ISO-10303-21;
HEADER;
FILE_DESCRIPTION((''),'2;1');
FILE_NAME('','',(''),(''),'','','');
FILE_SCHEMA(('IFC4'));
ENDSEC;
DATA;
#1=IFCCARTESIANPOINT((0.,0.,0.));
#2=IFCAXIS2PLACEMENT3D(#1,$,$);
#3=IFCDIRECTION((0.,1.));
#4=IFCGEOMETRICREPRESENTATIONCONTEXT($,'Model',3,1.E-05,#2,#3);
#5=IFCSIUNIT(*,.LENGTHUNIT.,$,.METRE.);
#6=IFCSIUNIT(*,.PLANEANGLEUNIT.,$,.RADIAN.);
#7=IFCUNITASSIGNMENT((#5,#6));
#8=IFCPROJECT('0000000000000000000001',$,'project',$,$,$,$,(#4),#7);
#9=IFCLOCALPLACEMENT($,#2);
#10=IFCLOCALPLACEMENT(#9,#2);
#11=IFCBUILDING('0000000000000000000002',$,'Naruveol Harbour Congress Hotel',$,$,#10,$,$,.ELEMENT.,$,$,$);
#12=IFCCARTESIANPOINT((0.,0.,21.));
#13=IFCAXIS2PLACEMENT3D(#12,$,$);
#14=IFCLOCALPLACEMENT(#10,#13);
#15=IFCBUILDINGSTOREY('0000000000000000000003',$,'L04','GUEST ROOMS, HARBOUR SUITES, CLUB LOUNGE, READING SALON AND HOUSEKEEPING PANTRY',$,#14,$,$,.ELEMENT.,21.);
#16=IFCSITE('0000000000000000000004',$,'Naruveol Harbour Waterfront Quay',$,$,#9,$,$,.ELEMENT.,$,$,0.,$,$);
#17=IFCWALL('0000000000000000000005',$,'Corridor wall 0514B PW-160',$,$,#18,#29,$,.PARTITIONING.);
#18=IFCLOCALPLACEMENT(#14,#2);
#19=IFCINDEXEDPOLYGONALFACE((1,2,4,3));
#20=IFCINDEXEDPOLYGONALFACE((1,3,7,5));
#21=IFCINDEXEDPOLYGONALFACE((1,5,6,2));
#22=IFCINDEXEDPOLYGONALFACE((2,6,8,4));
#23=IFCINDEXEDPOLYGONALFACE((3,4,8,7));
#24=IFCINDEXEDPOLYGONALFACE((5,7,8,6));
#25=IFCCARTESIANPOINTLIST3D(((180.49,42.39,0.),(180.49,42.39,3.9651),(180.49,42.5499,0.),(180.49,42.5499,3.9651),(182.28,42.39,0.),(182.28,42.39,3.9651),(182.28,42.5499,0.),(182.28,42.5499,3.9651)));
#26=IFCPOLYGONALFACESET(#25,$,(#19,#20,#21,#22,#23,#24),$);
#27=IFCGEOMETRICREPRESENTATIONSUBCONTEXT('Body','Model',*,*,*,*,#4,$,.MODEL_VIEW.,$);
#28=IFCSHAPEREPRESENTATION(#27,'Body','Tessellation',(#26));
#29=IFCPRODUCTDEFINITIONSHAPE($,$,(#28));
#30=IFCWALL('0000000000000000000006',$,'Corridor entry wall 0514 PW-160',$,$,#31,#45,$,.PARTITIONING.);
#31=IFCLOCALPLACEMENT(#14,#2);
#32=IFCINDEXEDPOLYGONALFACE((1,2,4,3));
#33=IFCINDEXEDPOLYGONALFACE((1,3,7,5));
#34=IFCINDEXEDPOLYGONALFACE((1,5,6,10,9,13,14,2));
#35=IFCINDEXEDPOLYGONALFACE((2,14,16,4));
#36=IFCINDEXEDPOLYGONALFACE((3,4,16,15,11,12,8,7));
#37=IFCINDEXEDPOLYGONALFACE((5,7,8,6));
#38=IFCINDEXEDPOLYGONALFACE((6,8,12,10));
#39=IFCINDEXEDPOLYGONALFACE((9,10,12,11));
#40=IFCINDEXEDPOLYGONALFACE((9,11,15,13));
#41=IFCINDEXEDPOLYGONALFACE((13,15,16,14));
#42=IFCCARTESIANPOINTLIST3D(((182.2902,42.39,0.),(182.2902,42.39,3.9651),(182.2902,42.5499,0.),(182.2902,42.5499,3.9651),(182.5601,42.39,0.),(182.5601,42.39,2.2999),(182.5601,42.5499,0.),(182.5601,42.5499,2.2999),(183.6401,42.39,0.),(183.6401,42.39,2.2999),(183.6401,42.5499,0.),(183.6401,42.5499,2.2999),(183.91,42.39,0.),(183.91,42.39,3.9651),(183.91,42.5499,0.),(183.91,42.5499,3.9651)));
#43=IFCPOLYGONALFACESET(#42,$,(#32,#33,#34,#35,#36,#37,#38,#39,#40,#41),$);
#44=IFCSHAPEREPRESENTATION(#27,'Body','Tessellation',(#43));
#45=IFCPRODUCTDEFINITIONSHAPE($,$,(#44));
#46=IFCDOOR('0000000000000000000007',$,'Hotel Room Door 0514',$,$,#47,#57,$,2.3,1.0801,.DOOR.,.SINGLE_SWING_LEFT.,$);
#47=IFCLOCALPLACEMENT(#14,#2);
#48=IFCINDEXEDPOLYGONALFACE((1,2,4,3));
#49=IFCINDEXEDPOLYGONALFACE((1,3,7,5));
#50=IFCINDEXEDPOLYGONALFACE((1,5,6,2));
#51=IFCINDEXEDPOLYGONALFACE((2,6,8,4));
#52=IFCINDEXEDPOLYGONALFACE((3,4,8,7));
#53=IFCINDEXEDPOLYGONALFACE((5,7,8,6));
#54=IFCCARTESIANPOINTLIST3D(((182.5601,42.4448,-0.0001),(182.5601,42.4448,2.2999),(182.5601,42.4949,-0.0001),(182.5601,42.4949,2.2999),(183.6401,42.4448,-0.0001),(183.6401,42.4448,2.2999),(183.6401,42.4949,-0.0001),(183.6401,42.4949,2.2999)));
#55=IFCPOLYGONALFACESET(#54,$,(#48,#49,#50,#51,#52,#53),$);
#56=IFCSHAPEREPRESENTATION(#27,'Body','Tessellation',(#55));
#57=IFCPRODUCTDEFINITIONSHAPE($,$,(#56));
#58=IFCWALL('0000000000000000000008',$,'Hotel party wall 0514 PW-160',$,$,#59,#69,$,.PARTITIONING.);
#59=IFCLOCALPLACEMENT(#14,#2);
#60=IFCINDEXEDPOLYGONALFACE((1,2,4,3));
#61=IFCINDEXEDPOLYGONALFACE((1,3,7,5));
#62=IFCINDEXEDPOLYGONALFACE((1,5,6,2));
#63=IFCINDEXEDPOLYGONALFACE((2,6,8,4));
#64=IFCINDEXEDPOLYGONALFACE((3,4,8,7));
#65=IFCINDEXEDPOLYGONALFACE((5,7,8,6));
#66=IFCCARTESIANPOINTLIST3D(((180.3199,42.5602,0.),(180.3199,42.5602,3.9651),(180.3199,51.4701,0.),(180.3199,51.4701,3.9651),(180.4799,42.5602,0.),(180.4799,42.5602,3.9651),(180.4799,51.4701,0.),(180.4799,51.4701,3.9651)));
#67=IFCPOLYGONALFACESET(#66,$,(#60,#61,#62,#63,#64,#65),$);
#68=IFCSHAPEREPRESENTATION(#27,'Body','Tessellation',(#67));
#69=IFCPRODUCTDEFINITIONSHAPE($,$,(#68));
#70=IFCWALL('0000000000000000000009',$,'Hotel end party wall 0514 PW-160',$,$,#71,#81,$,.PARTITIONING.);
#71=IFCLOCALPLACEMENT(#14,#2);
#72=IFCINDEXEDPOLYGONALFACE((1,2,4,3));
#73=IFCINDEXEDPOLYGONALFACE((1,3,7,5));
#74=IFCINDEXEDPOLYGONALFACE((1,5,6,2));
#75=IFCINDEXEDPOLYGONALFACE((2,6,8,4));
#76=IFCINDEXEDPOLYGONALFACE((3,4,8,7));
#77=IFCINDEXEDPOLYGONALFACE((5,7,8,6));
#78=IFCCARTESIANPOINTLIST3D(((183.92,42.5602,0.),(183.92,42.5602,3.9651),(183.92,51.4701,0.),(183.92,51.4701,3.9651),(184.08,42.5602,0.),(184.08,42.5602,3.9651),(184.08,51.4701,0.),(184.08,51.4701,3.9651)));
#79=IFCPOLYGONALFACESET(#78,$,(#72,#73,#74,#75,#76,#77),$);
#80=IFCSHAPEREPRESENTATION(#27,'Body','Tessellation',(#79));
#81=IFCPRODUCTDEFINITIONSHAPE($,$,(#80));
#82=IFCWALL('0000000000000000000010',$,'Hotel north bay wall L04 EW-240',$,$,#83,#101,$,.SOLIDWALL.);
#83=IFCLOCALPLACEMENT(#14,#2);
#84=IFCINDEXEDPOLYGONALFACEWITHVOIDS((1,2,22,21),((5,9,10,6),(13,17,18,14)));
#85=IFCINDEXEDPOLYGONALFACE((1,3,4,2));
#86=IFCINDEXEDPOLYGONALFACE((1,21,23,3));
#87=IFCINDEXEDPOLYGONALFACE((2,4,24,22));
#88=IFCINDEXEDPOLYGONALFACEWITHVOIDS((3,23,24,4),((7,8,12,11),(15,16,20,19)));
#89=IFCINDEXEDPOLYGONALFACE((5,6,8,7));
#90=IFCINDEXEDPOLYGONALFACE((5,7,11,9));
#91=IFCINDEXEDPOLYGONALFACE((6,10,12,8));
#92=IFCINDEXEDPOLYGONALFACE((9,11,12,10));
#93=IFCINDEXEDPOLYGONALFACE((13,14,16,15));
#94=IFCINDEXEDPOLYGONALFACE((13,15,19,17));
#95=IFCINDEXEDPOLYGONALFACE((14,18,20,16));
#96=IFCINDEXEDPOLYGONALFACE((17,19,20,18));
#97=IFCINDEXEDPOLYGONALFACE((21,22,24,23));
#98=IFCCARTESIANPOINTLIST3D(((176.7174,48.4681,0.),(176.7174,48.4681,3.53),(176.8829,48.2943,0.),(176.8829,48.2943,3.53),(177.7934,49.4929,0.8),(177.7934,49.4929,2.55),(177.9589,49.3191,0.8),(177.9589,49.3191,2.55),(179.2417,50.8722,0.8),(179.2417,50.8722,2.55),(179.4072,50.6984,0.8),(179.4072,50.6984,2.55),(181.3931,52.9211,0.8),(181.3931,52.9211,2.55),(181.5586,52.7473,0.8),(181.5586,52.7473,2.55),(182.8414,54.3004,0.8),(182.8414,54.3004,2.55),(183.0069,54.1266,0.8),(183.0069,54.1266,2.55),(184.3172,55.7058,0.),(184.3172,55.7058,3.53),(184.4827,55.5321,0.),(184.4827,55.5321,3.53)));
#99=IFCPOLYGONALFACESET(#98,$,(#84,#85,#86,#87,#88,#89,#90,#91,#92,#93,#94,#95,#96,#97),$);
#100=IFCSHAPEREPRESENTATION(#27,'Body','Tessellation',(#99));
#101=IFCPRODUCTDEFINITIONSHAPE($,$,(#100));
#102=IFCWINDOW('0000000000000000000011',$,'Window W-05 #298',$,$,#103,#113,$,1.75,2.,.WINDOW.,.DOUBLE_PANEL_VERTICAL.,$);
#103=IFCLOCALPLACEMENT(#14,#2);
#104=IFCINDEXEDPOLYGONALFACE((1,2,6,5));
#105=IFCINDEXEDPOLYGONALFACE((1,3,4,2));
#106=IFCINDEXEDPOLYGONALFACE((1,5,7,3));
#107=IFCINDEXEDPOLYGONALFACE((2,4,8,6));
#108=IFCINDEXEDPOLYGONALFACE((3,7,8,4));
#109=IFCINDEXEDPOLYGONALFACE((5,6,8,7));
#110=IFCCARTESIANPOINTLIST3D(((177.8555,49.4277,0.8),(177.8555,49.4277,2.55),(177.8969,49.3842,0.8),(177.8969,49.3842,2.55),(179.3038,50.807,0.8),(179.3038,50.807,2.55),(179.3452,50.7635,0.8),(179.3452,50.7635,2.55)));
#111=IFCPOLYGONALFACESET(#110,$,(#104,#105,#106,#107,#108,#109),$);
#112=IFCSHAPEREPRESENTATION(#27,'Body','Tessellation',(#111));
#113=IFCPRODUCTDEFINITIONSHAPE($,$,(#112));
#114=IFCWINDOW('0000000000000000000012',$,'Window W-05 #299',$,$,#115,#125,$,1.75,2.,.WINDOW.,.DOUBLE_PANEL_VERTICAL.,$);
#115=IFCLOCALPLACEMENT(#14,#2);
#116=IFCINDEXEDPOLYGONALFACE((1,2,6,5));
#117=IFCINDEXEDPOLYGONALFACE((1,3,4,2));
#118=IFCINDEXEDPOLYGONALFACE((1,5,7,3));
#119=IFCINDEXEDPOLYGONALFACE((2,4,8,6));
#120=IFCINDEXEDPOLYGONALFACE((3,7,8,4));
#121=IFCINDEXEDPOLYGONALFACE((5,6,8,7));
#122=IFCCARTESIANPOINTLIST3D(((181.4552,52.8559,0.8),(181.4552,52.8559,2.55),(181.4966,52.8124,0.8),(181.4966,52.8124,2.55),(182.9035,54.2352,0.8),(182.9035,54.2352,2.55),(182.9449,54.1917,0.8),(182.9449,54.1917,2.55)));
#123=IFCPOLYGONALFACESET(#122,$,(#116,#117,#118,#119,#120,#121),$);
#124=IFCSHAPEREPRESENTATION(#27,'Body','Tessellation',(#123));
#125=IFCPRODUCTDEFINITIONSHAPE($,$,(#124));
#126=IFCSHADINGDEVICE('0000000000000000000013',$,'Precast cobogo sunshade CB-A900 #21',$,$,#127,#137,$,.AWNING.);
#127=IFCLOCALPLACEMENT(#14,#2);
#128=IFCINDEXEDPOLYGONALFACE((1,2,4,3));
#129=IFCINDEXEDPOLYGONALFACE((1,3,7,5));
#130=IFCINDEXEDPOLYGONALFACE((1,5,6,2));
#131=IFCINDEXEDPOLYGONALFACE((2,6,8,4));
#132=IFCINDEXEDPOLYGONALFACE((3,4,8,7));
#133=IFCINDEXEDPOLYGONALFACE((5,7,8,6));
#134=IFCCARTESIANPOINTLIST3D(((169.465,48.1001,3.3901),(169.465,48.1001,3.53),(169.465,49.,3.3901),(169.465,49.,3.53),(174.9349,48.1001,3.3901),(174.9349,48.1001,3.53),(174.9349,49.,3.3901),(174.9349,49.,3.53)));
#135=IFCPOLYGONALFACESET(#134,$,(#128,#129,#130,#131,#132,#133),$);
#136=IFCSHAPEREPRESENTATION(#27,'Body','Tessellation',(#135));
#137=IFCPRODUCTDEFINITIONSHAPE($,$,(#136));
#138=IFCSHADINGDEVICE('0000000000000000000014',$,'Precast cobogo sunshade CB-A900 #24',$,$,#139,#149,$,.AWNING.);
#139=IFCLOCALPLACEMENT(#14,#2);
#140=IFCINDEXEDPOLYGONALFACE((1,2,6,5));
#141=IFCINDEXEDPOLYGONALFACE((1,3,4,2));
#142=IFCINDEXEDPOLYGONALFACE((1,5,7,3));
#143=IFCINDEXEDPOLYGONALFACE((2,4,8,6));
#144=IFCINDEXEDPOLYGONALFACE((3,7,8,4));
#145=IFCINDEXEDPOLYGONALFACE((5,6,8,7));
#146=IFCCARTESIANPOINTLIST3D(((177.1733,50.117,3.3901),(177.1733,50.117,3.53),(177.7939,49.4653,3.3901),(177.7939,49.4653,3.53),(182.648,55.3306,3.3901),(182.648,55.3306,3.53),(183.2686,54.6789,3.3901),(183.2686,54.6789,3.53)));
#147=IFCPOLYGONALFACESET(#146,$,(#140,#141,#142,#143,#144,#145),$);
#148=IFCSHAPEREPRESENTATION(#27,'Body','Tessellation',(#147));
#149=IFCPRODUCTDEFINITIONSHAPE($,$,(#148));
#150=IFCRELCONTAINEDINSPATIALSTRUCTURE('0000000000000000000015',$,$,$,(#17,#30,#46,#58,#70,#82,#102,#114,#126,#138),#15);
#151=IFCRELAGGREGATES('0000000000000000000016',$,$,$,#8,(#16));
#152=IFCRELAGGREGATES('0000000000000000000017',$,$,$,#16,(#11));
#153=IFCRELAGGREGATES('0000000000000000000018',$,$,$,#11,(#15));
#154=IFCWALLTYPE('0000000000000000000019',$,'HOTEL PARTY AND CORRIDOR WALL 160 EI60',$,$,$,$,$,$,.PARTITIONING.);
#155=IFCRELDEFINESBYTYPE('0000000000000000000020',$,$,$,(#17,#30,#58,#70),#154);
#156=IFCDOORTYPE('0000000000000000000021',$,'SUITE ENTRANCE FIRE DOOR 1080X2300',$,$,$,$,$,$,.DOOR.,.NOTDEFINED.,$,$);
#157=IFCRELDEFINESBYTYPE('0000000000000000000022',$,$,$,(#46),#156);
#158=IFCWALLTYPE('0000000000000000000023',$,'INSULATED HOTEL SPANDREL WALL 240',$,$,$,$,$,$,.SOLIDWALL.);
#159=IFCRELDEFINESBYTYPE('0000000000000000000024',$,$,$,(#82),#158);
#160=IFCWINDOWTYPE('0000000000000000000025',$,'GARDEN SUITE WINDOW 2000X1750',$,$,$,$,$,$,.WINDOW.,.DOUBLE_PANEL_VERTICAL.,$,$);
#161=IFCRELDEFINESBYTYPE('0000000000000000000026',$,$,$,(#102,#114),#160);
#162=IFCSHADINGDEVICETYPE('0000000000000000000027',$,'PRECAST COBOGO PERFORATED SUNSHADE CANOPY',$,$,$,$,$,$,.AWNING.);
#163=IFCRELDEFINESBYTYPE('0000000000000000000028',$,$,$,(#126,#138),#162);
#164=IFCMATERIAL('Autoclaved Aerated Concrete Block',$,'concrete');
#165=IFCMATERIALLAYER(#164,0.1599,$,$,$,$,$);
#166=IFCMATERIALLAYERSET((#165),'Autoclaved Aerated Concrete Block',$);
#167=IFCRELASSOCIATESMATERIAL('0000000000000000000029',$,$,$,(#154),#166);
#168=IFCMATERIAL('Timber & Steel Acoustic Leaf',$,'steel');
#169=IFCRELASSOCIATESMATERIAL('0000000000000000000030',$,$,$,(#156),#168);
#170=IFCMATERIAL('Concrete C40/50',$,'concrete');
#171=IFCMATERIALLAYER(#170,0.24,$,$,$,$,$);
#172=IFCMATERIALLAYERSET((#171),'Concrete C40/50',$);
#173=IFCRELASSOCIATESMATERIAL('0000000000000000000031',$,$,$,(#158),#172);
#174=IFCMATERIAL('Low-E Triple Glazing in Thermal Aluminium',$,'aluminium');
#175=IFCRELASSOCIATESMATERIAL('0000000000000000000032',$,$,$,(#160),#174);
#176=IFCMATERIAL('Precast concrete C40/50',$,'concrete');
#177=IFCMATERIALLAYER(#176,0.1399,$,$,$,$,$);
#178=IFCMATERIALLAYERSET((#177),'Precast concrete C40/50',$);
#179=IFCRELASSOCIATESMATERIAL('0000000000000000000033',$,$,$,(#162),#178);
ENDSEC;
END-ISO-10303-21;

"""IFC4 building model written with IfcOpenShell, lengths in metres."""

from ifc_helpers import new_model, si_unit, direction, frame, frame_2d, origin, origin_2d, place, context, subcontext, project, spatial, rectangle, extrude, material, layer, layer_set, type_object, element, fill, save


model = new_model("IFC4")

# Units and contexts
model_context = context("Model", 3, precision=1e-05, world=origin(), true_north=direction((0.0, 1.0)))
body_context = subcontext(model_context, "Body", "Model", "MODEL_VIEW")
ifc_project = project(units=[si_unit("LENGTHUNIT", "METRE"), si_unit("PLANEANGLEUNIT", "RADIAN")], contexts=[model_context])

# Site, building, storey
site_placement = place(None, origin())
site = spatial("IfcSite", under=ifc_project, at=site_placement, Name="Naruveol Harbour Waterfront Quay", CompositionType="ELEMENT", RefElevation=0.0)
building_placement = place(site_placement, origin())
building = spatial("IfcBuilding", under=site, at=building_placement, Name="Naruveol Harbour Congress Hotel", CompositionType="ELEMENT")
storey_placement = place(building_placement, frame((0.0, 0.0, 21.0)))
storey = spatial("IfcBuildingStorey", under=building, at=storey_placement, Name="L04", Description="GUEST ROOMS, HARBOUR SUITES, CLUB LOUNGE, READING SALON AND HOUSEKEEPING PANTRY", CompositionType="ELEMENT", Elevation=21.0)

# Wall
ifc_material_1 = material(Name="Autoclaved Aerated Concrete Block", Category="concrete")
ifc_layer_1 = layer(ifc_material_1, 0.1599)
ifc_layer_set_1 = layer_set([ifc_layer_1], Name="Autoclaved Aerated Concrete Block")
wall_type_1 = type_object("IfcWallType", Name="HOTEL PARTY AND CORRIDOR WALL 160 EI60", PredefinedType="PARTITIONING", material=ifc_layer_set_1)
wall_1_placement = place(storey_placement, frame((180.49, 42.47, 0.0), z_axis=(0.0, 0.0, 1.0), x_axis=(1.0, 0.0, 0.0)))
element("IfcWall", 1, at=wall_1_placement, inside=storey, type_object=wall_type_1, Name="Corridor wall 0514B PW-160", PredefinedType="PARTITIONING", context=body_context, shape_type="SweptSolid", body=[
    extrude(rectangle(XDim=1.79, YDim=0.1599, at=frame_2d((0.895, 0.0))), origin(), (0.0, 0.0, 1.0), 3.9651),
])

# Wall, opening, door
wall_2_placement = place(storey_placement, frame((182.29, 42.47, 0.0), z_axis=(0.0, 0.0, 1.0), x_axis=(1.0, 0.0, 0.0)))
wall_2 = element("IfcWall", 2, at=wall_2_placement, inside=storey, type_object=wall_type_1, Name="Corridor entry wall 0514 PW-160", PredefinedType="PARTITIONING", context=body_context, shape_type="SweptSolid", body=[
    extrude(rectangle(XDim=1.6199, YDim=0.1599, at=frame_2d((0.8101, 0.0))), origin(), (0.0, 0.0, 1.0), 3.9651),
])
opening_1_placement = place(wall_2_placement, frame((0.27, 0.0, 0.0)))
opening_1 = element("IfcOpeningElement", 3, at=opening_1_placement, cuts=wall_2, PredefinedType="OPENING", context=body_context, shape_type="SweptSolid", body=[
    extrude(rectangle(XDim=1.0801, YDim=2.3, at=frame_2d((0.54, 1.1499))), frame((0.0, 0.0898, 0.0), z_axis=(0.0, -1.0, 0.0), x_axis=(1.0, 0.0, 0.0)), (0.0, 0.0, 1.0), 0.1799),
])
ifc_material_2 = material(Name="Timber & Steel Acoustic Leaf", Category="steel")
door_type_1 = type_object("IfcDoorType", Name="SUITE ENTRANCE FIRE DOOR 1080X2300", OperationType="NOTDEFINED", PredefinedType="DOOR", material=ifc_material_2)
door_1_placement = place(opening_1_placement, origin())
door_1 = element("IfcDoor", 4, at=door_1_placement, inside=storey, type_object=door_type_1, Name="Hotel Room Door 0514", OperationType="SINGLE_SWING_LEFT", OverallHeight=2.3, OverallWidth=1.0801, PredefinedType="DOOR", context=body_context, shape_type="SweptSolid", body=[
    extrude(rectangle(XDim=1.0801, YDim=2.3, at=frame_2d((0.54, 1.1499))), frame((0.0, 0.0249, 0.0), z_axis=(0.0, -1.0, 0.0), x_axis=(1.0, 0.0, 0.0)), (0.0, 0.0, 1.0), 0.05),
])
fill(opening_1, door_1)

# Walls
for number, where, z_axis, x_axis, name in (
    (5, (180.3999, 42.5601, 0.0), (0.0, 0.0, 1.0), (0.0, 1.0, 0.0), "Hotel party wall 0514 PW-160"),
    (6, (184.0, 42.5601, 0.0), (0.0, 0.0, 1.0), (0.0, 1.0, 0.0), "Hotel end party wall 0514 PW-160"),
):
    element("IfcWall", number, at=place(storey_placement, frame(where, z_axis=z_axis, x_axis=x_axis)), inside=storey, type_object=wall_type_1, Name=name, PredefinedType="PARTITIONING", context=body_context, shape_type="SweptSolid", body=[
        extrude(rectangle(XDim=8.9099, YDim=0.1599, at=frame_2d((4.4551, 0.0))), origin(), (0.0, 0.0, 1.0), 3.9651),
    ])

# Wall, openings, windows
ifc_material_3 = material(Name="Concrete C40/50", Category="concrete")
ifc_layer_2 = layer(ifc_material_3, 0.24)
ifc_layer_set_2 = layer_set([ifc_layer_2], Name="Concrete C40/50")
wall_type_2 = type_object("IfcWallType", Name="INSULATED HOTEL SPANDREL WALL 240", PredefinedType="SOLIDWALL", material=ifc_layer_set_2)
wall_3_placement = place(storey_placement, frame((176.8, 48.3811, 0.0), z_axis=(0.0, 0.0, 1.0), x_axis=(0.724146, 0.689647, 0.0)))
wall_3 = element("IfcWall", 7, at=wall_3_placement, inside=storey, type_object=wall_type_2, Name="Hotel north bay wall L04 EW-240", PredefinedType="SOLIDWALL", context=body_context, shape_type="SweptSolid", body=[
    extrude(rectangle(XDim=10.4949, YDim=0.24, at=frame_2d((5.2476, 0.0))), origin(), (0.0, 0.0, 1.0), 3.53),
])
opening_2_placement = place(wall_3_placement, frame((1.4861, 0.0, 0.8)))
opening_2 = element("IfcOpeningElement", 8, at=opening_2_placement, cuts=wall_3, PredefinedType="OPENING", context=body_context, shape_type="SweptSolid", body=[
    extrude(rectangle(XDim=2.0, YDim=1.75, at=frame_2d((1.0, 0.875))), frame((0.0, 0.1299, 0.0), z_axis=(0.0, -1.0, 0.0), x_axis=(1.0, 0.0, 0.0)), (0.0, 0.0, 1.0), 0.26),
])
opening_3_placement = place(wall_3_placement, frame((6.457, 0.0, 0.8)))
opening_3 = element("IfcOpeningElement", 9, at=opening_3_placement, cuts=wall_3, PredefinedType="OPENING", context=body_context, shape_type="SweptSolid", body=[
    extrude(rectangle(XDim=2.0, YDim=1.75, at=frame_2d((1.0, 0.875))), frame((0.0, 0.1299, 0.0), z_axis=(0.0, -1.0, 0.0), x_axis=(1.0, 0.0, 0.0)), (0.0, 0.0, 1.0), 0.26),
])
ifc_material_4 = material(Name="Low-E Triple Glazing in Thermal Aluminium", Category="aluminium")
window_type_1 = type_object("IfcWindowType", Name="GARDEN SUITE WINDOW 2000X1750", PartitioningType="DOUBLE_PANEL_VERTICAL", PredefinedType="WINDOW", material=ifc_material_4)
window_1_placement = place(opening_2_placement, origin())
window_1 = element("IfcWindow", 10, at=window_1_placement, inside=storey, type_object=window_type_1, Name="Window W-05 #298", OverallHeight=1.75, OverallWidth=2.0, PartitioningType="DOUBLE_PANEL_VERTICAL", PredefinedType="WINDOW", context=body_context, shape_type="SweptSolid", body=[
    extrude(rectangle(XDim=2.0, YDim=1.75, at=frame_2d((1.0, 0.875))), frame((0.0, 0.03, 0.0), z_axis=(0.0, -1.0, 0.0), x_axis=(1.0, 0.0, 0.0)), (0.0, 0.0, 1.0), 0.0601),
])
fill(opening_2, window_1)
window_2_placement = place(opening_3_placement, origin())
window_2 = element("IfcWindow", 11, at=window_2_placement, inside=storey, type_object=window_type_1, Name="Window W-05 #299", OverallHeight=1.75, OverallWidth=2.0, PartitioningType="DOUBLE_PANEL_VERTICAL", PredefinedType="WINDOW", context=body_context, shape_type="SweptSolid", body=[
    extrude(rectangle(XDim=2.0, YDim=1.75, at=frame_2d((1.0, 0.875))), frame((0.0, 0.03, 0.0), z_axis=(0.0, -1.0, 0.0), x_axis=(1.0, 0.0, 0.0)), (0.0, 0.0, 1.0), 0.0601),
])
fill(opening_3, window_2)

# Shading devices
ifc_material_5 = material(Name="Precast concrete C40/50", Category="concrete")
ifc_layer_3 = layer(ifc_material_5, 0.1399)
ifc_layer_set_3 = layer_set([ifc_layer_3], Name="Precast concrete C40/50")
shading_device_type = type_object("IfcShadingDeviceType", Name="PRECAST COBOGO PERFORATED SUNSHADE CANOPY", PredefinedType="AWNING", material=ifc_layer_set_3)
shading_device_1_placement = place(storey_placement, frame((172.2, 48.55, 3.3901), z_axis=(0.0, 0.0, 1.0), x_axis=(1.0, 0.0, 0.0)))
element("IfcShadingDevice", 12, at=shading_device_1_placement, inside=storey, type_object=shading_device_type, Name="Precast cobogo sunshade CB-A900 #21", PredefinedType="AWNING", context=body_context, shape_type="SweptSolid", body=[
    extrude(rectangle(XDim=5.47, YDim=0.8999, at=origin_2d()), origin(), (0.0, 0.0, 1.0), 0.1399),
])
shading_device_2_placement = place(storey_placement, frame((180.2209, 52.3979, 3.3901), z_axis=(0.0, 0.0, 1.0), x_axis=(0.724172, 0.68962, 0.0)))
element("IfcShadingDevice", 13, at=shading_device_2_placement, inside=storey, type_object=shading_device_type, Name="Precast cobogo sunshade CB-A900 #24", PredefinedType="AWNING", context=body_context, shape_type="SweptSolid", body=[
    extrude(rectangle(XDim=7.5601, YDim=0.8999, at=origin_2d()), origin(), (0.0, 0.0, 1.0), 0.1399),
])

save(model, "model.ifc")
